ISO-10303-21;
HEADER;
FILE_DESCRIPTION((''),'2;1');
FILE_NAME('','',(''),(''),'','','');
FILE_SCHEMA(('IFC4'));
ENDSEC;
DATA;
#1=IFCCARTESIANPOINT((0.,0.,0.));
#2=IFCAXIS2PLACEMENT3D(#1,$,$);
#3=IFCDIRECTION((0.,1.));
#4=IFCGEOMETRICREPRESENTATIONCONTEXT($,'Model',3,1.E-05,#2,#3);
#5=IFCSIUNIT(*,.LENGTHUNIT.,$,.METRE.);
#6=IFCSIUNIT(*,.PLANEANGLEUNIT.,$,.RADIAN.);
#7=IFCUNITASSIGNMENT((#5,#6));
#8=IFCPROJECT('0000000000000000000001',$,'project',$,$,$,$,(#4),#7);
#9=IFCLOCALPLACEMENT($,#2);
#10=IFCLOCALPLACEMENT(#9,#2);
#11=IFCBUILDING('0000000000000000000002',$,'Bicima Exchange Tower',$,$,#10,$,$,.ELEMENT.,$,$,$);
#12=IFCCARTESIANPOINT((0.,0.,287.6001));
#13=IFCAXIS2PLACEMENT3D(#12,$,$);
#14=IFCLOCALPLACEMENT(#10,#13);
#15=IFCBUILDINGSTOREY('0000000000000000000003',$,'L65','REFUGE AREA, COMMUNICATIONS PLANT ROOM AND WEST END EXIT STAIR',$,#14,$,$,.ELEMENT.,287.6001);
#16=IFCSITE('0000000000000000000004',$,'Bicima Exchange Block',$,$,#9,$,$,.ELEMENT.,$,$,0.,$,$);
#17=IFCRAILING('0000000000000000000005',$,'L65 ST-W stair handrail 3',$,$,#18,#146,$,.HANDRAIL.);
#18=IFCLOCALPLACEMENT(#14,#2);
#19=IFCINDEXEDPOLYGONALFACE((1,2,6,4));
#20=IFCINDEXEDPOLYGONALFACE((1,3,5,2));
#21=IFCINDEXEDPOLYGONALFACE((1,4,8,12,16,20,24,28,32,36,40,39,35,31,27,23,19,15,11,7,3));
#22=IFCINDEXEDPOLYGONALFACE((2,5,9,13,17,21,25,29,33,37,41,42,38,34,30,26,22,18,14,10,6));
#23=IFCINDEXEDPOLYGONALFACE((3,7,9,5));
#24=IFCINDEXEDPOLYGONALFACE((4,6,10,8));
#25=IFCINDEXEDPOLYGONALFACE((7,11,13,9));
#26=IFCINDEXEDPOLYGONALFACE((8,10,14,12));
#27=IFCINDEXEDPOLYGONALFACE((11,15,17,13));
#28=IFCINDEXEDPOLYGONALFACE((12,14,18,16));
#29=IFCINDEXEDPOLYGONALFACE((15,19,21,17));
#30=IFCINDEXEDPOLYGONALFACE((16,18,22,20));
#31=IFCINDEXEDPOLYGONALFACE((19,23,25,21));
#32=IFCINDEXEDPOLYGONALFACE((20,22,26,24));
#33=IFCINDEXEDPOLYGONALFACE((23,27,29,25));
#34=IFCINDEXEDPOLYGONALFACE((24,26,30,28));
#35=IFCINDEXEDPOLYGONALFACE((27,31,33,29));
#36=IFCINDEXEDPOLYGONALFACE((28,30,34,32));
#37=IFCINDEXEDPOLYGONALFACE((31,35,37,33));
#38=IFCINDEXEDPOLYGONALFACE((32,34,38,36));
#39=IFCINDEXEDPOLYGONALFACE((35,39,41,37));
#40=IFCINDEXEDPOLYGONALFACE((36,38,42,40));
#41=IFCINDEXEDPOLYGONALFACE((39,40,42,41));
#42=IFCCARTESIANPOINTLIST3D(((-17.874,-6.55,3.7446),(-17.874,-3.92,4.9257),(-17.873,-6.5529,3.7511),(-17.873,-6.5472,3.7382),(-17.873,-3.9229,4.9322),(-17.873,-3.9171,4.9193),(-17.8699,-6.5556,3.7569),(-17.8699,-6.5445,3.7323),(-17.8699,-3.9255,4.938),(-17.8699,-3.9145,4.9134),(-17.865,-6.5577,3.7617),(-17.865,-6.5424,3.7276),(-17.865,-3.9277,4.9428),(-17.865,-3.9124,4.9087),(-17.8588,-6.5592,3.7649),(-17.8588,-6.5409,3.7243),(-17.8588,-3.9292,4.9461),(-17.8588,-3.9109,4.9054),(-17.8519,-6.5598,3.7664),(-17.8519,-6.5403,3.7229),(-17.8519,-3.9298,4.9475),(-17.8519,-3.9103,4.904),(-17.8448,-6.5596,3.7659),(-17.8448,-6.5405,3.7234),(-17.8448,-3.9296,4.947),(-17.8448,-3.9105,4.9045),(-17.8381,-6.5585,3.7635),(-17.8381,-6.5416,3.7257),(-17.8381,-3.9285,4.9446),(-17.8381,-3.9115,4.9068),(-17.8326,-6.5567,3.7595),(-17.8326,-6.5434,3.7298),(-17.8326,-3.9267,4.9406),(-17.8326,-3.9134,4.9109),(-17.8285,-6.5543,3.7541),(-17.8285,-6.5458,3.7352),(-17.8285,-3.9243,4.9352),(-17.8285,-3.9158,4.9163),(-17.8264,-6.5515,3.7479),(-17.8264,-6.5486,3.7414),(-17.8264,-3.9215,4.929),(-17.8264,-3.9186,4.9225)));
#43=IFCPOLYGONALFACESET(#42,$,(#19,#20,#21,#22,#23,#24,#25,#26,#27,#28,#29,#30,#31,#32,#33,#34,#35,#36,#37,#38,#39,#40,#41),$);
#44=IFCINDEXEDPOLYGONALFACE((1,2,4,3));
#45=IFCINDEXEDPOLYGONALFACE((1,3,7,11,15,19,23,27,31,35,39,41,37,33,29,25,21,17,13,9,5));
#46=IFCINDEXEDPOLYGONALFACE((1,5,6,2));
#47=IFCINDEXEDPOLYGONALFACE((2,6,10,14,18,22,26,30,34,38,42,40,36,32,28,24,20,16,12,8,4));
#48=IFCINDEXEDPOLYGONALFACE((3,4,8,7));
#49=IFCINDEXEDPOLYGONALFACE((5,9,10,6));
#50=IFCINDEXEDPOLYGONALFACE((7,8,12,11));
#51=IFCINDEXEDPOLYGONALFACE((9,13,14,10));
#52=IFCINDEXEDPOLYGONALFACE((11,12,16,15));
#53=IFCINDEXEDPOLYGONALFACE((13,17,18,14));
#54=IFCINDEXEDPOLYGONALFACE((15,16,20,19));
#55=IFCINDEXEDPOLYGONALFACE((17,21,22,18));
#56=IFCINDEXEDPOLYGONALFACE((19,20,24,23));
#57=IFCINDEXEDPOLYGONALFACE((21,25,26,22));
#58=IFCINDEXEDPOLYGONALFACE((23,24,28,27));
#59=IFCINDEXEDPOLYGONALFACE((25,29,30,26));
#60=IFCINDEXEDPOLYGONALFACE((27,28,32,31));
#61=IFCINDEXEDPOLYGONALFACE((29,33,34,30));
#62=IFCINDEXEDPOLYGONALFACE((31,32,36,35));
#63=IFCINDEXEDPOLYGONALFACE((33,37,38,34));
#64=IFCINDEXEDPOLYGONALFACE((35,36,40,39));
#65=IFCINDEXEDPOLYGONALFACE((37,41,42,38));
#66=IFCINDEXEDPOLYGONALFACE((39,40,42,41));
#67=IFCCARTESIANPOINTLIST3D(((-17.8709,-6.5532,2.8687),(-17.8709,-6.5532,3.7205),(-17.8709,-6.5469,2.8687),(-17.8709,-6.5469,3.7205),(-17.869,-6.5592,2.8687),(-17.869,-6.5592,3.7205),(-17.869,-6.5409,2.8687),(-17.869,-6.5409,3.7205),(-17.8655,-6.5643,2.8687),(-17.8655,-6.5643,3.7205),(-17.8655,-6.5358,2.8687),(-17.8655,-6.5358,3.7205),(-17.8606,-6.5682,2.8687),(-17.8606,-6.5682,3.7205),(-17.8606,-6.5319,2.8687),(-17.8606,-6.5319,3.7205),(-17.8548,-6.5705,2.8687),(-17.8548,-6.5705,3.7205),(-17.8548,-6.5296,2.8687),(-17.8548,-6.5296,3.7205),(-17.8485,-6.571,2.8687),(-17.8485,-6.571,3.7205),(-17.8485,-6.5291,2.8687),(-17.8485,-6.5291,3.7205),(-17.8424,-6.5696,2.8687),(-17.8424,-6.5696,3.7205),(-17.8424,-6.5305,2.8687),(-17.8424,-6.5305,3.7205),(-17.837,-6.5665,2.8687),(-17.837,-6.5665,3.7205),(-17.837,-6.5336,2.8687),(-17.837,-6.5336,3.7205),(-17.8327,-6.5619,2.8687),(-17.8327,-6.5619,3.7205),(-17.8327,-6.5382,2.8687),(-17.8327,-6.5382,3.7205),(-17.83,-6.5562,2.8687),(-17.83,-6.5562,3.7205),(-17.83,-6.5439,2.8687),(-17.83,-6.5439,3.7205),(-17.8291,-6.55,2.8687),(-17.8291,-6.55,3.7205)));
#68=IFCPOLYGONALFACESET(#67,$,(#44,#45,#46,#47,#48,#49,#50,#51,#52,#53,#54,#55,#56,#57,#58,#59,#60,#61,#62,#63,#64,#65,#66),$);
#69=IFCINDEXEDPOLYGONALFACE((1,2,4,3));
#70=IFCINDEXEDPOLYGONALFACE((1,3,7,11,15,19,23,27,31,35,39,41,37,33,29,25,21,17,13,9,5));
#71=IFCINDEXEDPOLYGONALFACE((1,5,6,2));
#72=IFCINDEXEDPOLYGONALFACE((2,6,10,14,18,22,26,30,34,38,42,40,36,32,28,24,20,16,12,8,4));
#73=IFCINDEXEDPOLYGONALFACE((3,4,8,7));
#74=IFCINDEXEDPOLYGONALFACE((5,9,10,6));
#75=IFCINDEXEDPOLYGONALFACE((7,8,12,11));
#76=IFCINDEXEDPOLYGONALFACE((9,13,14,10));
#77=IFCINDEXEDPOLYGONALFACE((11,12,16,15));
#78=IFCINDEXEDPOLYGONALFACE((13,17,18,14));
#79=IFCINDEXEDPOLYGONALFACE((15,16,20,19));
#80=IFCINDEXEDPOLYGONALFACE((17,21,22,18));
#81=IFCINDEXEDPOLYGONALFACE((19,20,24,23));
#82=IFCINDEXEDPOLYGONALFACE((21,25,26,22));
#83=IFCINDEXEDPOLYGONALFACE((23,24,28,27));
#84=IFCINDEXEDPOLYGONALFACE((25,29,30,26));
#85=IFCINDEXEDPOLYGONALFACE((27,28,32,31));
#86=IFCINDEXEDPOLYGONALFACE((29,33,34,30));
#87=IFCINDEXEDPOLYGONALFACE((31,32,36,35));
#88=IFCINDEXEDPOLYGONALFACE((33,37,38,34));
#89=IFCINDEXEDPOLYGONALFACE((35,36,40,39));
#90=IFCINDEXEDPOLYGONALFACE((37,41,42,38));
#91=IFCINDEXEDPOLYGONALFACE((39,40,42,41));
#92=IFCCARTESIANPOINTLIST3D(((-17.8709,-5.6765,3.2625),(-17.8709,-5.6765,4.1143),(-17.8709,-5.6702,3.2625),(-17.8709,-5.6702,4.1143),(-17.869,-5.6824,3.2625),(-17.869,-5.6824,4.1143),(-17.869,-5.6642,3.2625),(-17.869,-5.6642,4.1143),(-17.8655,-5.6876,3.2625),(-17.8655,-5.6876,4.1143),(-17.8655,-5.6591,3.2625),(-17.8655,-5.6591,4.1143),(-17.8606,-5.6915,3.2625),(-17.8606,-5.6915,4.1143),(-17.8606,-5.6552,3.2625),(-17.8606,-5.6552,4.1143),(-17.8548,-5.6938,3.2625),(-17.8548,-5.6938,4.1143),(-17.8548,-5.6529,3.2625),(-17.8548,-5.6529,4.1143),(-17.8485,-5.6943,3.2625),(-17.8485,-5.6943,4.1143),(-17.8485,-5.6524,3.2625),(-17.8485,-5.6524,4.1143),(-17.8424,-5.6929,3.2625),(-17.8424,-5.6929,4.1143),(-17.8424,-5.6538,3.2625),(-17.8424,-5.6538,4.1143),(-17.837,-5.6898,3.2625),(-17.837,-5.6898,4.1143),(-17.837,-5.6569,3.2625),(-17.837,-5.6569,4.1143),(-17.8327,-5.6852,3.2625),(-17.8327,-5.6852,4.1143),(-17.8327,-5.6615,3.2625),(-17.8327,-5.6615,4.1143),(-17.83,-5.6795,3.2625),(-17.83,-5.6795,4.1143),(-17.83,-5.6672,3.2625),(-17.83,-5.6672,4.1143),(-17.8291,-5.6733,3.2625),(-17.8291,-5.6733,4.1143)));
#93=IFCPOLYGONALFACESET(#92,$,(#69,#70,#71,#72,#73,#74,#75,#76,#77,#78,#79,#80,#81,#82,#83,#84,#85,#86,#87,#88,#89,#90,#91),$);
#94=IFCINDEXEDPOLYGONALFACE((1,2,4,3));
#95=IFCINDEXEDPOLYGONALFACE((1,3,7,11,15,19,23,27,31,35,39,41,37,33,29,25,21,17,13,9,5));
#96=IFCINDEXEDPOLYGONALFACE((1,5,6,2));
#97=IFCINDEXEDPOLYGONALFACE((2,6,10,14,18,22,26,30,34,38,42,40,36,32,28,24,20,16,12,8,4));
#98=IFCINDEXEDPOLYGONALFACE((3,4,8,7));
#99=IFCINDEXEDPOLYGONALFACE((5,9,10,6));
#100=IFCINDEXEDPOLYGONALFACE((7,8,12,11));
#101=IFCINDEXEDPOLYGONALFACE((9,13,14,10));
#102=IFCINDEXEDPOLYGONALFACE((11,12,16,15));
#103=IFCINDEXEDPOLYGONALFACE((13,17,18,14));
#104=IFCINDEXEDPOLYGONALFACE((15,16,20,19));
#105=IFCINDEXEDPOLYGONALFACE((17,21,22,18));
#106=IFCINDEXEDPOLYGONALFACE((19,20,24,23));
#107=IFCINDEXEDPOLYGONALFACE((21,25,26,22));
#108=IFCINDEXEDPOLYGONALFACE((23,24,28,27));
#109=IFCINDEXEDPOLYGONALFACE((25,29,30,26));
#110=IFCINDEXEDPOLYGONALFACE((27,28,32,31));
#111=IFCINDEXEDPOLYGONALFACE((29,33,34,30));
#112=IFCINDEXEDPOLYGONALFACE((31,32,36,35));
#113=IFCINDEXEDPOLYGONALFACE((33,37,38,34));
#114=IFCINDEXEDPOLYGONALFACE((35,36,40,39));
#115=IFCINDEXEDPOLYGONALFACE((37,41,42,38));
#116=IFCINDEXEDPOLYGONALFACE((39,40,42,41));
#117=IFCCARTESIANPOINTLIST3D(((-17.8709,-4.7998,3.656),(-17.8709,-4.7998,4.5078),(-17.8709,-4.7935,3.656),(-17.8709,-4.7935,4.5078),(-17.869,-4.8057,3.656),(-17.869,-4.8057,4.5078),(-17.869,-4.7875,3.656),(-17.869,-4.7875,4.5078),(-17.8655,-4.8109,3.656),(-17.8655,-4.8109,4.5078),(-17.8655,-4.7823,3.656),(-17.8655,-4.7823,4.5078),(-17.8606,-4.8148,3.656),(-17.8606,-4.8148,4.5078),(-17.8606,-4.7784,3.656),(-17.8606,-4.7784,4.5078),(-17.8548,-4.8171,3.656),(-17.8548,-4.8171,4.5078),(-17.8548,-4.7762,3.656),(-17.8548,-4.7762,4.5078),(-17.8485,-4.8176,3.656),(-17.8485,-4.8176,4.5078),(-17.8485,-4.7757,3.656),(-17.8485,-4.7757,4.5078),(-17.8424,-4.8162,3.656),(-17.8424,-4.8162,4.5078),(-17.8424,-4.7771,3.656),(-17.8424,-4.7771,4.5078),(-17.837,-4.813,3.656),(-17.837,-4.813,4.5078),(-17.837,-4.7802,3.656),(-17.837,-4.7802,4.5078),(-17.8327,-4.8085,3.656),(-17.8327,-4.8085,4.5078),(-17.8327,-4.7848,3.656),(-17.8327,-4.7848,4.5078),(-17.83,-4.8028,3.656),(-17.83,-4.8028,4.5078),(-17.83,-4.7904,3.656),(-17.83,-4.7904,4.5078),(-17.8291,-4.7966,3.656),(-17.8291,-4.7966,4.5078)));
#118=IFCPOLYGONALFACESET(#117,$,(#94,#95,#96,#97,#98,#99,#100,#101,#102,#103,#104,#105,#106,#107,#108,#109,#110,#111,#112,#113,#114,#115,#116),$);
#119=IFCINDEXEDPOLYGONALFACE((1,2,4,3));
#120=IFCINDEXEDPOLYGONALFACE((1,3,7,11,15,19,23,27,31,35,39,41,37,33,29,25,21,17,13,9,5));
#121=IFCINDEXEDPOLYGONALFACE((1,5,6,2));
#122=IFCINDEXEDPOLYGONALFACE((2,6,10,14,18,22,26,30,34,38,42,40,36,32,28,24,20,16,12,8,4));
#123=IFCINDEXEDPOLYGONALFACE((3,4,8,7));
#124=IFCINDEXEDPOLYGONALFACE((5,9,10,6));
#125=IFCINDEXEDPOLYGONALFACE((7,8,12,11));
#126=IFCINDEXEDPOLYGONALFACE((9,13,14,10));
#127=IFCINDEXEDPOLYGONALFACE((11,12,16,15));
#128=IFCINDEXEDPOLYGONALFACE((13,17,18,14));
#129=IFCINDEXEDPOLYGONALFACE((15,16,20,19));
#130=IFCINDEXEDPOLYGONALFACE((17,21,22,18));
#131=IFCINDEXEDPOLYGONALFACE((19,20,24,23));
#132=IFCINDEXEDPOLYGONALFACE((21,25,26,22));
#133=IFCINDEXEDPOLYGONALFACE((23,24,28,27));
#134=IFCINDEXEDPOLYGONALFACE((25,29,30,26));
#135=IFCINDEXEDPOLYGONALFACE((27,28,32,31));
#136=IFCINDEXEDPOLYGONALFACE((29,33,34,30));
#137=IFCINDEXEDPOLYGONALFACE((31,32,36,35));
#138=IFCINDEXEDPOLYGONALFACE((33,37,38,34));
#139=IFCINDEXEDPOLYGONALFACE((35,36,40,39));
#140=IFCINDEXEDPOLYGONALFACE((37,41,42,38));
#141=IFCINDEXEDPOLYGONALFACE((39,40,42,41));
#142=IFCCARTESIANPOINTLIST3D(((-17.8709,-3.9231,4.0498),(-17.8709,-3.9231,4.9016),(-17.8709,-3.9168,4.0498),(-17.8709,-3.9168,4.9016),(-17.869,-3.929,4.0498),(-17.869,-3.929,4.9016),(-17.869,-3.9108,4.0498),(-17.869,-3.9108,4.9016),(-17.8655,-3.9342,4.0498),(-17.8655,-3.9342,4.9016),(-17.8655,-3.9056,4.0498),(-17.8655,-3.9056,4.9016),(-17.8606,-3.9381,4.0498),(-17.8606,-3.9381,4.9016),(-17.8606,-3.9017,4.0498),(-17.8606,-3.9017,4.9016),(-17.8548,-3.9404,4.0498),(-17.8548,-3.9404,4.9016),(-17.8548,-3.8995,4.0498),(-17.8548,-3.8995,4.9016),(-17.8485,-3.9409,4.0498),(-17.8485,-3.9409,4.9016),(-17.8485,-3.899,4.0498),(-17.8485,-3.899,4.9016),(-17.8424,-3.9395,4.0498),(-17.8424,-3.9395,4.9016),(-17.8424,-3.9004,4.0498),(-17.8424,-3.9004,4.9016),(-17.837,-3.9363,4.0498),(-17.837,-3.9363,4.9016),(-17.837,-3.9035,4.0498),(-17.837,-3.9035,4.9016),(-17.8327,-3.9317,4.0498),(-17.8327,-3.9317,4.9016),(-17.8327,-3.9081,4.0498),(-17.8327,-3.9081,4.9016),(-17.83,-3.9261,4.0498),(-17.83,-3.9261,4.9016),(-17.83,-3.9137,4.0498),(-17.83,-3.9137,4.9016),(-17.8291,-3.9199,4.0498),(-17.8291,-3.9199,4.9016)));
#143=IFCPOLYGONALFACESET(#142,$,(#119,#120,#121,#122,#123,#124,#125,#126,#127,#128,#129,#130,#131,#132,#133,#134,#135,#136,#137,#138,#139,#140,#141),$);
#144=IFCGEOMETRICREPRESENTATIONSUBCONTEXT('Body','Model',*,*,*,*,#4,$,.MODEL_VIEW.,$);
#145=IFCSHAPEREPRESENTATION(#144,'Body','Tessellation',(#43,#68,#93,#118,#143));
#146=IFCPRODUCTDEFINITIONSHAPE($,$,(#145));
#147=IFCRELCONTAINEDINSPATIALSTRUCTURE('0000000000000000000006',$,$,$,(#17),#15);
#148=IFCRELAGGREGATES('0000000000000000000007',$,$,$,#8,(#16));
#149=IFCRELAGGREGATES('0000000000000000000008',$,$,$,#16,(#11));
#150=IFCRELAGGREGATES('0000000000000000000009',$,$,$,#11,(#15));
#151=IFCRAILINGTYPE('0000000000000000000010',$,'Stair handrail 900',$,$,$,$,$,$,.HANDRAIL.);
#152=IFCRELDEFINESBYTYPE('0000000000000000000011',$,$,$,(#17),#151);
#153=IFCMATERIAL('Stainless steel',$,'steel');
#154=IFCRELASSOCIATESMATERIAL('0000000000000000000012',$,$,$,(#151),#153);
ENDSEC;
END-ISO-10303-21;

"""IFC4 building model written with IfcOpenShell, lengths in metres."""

from ifc_helpers import new_model, si_unit, direction, frame, origin, origin_2d, place, context, subcontext, project, spatial, circle, extrude, material, type_object, element, save


model = new_model("IFC4")

# Units and contexts
model_context = context("Model", 3, precision=1e-05, world=origin(), true_north=direction((0.0, 1.0)))
body_context = subcontext(model_context, "Body", "Model", "MODEL_VIEW")
ifc_project = project(units=[si_unit("LENGTHUNIT", "METRE"), si_unit("PLANEANGLEUNIT", "RADIAN")], contexts=[model_context])

# Site, building, storey
site_placement = place(None, origin())
site = spatial("IfcSite", under=ifc_project, at=site_placement, Name="Bicima Exchange Block", CompositionType="ELEMENT", RefElevation=0.0)
building_placement = place(site_placement, origin())
building = spatial("IfcBuilding", under=site, at=building_placement, Name="Bicima Exchange Tower", CompositionType="ELEMENT")
storey_placement = place(building_placement, frame((0.0, 0.0, 287.6001)))
storey = spatial("IfcBuildingStorey", under=building, at=storey_placement, Name="L65", Description="REFUGE AREA, COMMUNICATIONS PLANT ROOM AND WEST END EXIT STAIR", CompositionType="ELEMENT", Elevation=287.6001)

# Shared definitions
ifc_material_1 = material(Name="Stainless steel", Category="steel")

# Railing
railing_type_1 = type_object("IfcRailingType", Name="Stair handrail 900", PredefinedType="HANDRAIL", material=ifc_material_1)
for number, where, name in (
    (1, (-17.8501, -6.55, 2.8687), "L65 ST-W stair handrail 3"),
):
    element("IfcRailing", number, at=place(storey_placement, frame(where)), inside=storey, type_object=railing_type_1, Name=name, PredefinedType="HANDRAIL", context=body_context, shape_type="SweptSolid", body=[
        extrude(circle(Radius=0.0239, at=origin_2d()), frame((0.0, 0.0, 0.876), z_axis=(0.0, 0.912233, 0.409671), x_axis=(-1.0, 0.0, 0.0)), (0.0, 0.0, 1.0), 2.8831),
        extrude(circle(Radius=0.021, at=origin_2d()), origin(), (0.0, 0.0, 1.0), 0.8518),
        extrude(circle(Radius=0.021, at=origin_2d()), frame((0.0, 0.8767, 0.3938)), (0.0, 0.0, 1.0), 0.8518),
        extrude(circle(Radius=0.021, at=origin_2d()), frame((0.0, 1.7534, 0.7874)), (0.0, 0.0, 1.0), 0.8518),
        extrude(circle(Radius=0.021, at=origin_2d()), frame((0.0, 2.6301, 1.1812)), (0.0, 0.0, 1.0), 0.8518),
    ])

save(model, "model.ifc")
